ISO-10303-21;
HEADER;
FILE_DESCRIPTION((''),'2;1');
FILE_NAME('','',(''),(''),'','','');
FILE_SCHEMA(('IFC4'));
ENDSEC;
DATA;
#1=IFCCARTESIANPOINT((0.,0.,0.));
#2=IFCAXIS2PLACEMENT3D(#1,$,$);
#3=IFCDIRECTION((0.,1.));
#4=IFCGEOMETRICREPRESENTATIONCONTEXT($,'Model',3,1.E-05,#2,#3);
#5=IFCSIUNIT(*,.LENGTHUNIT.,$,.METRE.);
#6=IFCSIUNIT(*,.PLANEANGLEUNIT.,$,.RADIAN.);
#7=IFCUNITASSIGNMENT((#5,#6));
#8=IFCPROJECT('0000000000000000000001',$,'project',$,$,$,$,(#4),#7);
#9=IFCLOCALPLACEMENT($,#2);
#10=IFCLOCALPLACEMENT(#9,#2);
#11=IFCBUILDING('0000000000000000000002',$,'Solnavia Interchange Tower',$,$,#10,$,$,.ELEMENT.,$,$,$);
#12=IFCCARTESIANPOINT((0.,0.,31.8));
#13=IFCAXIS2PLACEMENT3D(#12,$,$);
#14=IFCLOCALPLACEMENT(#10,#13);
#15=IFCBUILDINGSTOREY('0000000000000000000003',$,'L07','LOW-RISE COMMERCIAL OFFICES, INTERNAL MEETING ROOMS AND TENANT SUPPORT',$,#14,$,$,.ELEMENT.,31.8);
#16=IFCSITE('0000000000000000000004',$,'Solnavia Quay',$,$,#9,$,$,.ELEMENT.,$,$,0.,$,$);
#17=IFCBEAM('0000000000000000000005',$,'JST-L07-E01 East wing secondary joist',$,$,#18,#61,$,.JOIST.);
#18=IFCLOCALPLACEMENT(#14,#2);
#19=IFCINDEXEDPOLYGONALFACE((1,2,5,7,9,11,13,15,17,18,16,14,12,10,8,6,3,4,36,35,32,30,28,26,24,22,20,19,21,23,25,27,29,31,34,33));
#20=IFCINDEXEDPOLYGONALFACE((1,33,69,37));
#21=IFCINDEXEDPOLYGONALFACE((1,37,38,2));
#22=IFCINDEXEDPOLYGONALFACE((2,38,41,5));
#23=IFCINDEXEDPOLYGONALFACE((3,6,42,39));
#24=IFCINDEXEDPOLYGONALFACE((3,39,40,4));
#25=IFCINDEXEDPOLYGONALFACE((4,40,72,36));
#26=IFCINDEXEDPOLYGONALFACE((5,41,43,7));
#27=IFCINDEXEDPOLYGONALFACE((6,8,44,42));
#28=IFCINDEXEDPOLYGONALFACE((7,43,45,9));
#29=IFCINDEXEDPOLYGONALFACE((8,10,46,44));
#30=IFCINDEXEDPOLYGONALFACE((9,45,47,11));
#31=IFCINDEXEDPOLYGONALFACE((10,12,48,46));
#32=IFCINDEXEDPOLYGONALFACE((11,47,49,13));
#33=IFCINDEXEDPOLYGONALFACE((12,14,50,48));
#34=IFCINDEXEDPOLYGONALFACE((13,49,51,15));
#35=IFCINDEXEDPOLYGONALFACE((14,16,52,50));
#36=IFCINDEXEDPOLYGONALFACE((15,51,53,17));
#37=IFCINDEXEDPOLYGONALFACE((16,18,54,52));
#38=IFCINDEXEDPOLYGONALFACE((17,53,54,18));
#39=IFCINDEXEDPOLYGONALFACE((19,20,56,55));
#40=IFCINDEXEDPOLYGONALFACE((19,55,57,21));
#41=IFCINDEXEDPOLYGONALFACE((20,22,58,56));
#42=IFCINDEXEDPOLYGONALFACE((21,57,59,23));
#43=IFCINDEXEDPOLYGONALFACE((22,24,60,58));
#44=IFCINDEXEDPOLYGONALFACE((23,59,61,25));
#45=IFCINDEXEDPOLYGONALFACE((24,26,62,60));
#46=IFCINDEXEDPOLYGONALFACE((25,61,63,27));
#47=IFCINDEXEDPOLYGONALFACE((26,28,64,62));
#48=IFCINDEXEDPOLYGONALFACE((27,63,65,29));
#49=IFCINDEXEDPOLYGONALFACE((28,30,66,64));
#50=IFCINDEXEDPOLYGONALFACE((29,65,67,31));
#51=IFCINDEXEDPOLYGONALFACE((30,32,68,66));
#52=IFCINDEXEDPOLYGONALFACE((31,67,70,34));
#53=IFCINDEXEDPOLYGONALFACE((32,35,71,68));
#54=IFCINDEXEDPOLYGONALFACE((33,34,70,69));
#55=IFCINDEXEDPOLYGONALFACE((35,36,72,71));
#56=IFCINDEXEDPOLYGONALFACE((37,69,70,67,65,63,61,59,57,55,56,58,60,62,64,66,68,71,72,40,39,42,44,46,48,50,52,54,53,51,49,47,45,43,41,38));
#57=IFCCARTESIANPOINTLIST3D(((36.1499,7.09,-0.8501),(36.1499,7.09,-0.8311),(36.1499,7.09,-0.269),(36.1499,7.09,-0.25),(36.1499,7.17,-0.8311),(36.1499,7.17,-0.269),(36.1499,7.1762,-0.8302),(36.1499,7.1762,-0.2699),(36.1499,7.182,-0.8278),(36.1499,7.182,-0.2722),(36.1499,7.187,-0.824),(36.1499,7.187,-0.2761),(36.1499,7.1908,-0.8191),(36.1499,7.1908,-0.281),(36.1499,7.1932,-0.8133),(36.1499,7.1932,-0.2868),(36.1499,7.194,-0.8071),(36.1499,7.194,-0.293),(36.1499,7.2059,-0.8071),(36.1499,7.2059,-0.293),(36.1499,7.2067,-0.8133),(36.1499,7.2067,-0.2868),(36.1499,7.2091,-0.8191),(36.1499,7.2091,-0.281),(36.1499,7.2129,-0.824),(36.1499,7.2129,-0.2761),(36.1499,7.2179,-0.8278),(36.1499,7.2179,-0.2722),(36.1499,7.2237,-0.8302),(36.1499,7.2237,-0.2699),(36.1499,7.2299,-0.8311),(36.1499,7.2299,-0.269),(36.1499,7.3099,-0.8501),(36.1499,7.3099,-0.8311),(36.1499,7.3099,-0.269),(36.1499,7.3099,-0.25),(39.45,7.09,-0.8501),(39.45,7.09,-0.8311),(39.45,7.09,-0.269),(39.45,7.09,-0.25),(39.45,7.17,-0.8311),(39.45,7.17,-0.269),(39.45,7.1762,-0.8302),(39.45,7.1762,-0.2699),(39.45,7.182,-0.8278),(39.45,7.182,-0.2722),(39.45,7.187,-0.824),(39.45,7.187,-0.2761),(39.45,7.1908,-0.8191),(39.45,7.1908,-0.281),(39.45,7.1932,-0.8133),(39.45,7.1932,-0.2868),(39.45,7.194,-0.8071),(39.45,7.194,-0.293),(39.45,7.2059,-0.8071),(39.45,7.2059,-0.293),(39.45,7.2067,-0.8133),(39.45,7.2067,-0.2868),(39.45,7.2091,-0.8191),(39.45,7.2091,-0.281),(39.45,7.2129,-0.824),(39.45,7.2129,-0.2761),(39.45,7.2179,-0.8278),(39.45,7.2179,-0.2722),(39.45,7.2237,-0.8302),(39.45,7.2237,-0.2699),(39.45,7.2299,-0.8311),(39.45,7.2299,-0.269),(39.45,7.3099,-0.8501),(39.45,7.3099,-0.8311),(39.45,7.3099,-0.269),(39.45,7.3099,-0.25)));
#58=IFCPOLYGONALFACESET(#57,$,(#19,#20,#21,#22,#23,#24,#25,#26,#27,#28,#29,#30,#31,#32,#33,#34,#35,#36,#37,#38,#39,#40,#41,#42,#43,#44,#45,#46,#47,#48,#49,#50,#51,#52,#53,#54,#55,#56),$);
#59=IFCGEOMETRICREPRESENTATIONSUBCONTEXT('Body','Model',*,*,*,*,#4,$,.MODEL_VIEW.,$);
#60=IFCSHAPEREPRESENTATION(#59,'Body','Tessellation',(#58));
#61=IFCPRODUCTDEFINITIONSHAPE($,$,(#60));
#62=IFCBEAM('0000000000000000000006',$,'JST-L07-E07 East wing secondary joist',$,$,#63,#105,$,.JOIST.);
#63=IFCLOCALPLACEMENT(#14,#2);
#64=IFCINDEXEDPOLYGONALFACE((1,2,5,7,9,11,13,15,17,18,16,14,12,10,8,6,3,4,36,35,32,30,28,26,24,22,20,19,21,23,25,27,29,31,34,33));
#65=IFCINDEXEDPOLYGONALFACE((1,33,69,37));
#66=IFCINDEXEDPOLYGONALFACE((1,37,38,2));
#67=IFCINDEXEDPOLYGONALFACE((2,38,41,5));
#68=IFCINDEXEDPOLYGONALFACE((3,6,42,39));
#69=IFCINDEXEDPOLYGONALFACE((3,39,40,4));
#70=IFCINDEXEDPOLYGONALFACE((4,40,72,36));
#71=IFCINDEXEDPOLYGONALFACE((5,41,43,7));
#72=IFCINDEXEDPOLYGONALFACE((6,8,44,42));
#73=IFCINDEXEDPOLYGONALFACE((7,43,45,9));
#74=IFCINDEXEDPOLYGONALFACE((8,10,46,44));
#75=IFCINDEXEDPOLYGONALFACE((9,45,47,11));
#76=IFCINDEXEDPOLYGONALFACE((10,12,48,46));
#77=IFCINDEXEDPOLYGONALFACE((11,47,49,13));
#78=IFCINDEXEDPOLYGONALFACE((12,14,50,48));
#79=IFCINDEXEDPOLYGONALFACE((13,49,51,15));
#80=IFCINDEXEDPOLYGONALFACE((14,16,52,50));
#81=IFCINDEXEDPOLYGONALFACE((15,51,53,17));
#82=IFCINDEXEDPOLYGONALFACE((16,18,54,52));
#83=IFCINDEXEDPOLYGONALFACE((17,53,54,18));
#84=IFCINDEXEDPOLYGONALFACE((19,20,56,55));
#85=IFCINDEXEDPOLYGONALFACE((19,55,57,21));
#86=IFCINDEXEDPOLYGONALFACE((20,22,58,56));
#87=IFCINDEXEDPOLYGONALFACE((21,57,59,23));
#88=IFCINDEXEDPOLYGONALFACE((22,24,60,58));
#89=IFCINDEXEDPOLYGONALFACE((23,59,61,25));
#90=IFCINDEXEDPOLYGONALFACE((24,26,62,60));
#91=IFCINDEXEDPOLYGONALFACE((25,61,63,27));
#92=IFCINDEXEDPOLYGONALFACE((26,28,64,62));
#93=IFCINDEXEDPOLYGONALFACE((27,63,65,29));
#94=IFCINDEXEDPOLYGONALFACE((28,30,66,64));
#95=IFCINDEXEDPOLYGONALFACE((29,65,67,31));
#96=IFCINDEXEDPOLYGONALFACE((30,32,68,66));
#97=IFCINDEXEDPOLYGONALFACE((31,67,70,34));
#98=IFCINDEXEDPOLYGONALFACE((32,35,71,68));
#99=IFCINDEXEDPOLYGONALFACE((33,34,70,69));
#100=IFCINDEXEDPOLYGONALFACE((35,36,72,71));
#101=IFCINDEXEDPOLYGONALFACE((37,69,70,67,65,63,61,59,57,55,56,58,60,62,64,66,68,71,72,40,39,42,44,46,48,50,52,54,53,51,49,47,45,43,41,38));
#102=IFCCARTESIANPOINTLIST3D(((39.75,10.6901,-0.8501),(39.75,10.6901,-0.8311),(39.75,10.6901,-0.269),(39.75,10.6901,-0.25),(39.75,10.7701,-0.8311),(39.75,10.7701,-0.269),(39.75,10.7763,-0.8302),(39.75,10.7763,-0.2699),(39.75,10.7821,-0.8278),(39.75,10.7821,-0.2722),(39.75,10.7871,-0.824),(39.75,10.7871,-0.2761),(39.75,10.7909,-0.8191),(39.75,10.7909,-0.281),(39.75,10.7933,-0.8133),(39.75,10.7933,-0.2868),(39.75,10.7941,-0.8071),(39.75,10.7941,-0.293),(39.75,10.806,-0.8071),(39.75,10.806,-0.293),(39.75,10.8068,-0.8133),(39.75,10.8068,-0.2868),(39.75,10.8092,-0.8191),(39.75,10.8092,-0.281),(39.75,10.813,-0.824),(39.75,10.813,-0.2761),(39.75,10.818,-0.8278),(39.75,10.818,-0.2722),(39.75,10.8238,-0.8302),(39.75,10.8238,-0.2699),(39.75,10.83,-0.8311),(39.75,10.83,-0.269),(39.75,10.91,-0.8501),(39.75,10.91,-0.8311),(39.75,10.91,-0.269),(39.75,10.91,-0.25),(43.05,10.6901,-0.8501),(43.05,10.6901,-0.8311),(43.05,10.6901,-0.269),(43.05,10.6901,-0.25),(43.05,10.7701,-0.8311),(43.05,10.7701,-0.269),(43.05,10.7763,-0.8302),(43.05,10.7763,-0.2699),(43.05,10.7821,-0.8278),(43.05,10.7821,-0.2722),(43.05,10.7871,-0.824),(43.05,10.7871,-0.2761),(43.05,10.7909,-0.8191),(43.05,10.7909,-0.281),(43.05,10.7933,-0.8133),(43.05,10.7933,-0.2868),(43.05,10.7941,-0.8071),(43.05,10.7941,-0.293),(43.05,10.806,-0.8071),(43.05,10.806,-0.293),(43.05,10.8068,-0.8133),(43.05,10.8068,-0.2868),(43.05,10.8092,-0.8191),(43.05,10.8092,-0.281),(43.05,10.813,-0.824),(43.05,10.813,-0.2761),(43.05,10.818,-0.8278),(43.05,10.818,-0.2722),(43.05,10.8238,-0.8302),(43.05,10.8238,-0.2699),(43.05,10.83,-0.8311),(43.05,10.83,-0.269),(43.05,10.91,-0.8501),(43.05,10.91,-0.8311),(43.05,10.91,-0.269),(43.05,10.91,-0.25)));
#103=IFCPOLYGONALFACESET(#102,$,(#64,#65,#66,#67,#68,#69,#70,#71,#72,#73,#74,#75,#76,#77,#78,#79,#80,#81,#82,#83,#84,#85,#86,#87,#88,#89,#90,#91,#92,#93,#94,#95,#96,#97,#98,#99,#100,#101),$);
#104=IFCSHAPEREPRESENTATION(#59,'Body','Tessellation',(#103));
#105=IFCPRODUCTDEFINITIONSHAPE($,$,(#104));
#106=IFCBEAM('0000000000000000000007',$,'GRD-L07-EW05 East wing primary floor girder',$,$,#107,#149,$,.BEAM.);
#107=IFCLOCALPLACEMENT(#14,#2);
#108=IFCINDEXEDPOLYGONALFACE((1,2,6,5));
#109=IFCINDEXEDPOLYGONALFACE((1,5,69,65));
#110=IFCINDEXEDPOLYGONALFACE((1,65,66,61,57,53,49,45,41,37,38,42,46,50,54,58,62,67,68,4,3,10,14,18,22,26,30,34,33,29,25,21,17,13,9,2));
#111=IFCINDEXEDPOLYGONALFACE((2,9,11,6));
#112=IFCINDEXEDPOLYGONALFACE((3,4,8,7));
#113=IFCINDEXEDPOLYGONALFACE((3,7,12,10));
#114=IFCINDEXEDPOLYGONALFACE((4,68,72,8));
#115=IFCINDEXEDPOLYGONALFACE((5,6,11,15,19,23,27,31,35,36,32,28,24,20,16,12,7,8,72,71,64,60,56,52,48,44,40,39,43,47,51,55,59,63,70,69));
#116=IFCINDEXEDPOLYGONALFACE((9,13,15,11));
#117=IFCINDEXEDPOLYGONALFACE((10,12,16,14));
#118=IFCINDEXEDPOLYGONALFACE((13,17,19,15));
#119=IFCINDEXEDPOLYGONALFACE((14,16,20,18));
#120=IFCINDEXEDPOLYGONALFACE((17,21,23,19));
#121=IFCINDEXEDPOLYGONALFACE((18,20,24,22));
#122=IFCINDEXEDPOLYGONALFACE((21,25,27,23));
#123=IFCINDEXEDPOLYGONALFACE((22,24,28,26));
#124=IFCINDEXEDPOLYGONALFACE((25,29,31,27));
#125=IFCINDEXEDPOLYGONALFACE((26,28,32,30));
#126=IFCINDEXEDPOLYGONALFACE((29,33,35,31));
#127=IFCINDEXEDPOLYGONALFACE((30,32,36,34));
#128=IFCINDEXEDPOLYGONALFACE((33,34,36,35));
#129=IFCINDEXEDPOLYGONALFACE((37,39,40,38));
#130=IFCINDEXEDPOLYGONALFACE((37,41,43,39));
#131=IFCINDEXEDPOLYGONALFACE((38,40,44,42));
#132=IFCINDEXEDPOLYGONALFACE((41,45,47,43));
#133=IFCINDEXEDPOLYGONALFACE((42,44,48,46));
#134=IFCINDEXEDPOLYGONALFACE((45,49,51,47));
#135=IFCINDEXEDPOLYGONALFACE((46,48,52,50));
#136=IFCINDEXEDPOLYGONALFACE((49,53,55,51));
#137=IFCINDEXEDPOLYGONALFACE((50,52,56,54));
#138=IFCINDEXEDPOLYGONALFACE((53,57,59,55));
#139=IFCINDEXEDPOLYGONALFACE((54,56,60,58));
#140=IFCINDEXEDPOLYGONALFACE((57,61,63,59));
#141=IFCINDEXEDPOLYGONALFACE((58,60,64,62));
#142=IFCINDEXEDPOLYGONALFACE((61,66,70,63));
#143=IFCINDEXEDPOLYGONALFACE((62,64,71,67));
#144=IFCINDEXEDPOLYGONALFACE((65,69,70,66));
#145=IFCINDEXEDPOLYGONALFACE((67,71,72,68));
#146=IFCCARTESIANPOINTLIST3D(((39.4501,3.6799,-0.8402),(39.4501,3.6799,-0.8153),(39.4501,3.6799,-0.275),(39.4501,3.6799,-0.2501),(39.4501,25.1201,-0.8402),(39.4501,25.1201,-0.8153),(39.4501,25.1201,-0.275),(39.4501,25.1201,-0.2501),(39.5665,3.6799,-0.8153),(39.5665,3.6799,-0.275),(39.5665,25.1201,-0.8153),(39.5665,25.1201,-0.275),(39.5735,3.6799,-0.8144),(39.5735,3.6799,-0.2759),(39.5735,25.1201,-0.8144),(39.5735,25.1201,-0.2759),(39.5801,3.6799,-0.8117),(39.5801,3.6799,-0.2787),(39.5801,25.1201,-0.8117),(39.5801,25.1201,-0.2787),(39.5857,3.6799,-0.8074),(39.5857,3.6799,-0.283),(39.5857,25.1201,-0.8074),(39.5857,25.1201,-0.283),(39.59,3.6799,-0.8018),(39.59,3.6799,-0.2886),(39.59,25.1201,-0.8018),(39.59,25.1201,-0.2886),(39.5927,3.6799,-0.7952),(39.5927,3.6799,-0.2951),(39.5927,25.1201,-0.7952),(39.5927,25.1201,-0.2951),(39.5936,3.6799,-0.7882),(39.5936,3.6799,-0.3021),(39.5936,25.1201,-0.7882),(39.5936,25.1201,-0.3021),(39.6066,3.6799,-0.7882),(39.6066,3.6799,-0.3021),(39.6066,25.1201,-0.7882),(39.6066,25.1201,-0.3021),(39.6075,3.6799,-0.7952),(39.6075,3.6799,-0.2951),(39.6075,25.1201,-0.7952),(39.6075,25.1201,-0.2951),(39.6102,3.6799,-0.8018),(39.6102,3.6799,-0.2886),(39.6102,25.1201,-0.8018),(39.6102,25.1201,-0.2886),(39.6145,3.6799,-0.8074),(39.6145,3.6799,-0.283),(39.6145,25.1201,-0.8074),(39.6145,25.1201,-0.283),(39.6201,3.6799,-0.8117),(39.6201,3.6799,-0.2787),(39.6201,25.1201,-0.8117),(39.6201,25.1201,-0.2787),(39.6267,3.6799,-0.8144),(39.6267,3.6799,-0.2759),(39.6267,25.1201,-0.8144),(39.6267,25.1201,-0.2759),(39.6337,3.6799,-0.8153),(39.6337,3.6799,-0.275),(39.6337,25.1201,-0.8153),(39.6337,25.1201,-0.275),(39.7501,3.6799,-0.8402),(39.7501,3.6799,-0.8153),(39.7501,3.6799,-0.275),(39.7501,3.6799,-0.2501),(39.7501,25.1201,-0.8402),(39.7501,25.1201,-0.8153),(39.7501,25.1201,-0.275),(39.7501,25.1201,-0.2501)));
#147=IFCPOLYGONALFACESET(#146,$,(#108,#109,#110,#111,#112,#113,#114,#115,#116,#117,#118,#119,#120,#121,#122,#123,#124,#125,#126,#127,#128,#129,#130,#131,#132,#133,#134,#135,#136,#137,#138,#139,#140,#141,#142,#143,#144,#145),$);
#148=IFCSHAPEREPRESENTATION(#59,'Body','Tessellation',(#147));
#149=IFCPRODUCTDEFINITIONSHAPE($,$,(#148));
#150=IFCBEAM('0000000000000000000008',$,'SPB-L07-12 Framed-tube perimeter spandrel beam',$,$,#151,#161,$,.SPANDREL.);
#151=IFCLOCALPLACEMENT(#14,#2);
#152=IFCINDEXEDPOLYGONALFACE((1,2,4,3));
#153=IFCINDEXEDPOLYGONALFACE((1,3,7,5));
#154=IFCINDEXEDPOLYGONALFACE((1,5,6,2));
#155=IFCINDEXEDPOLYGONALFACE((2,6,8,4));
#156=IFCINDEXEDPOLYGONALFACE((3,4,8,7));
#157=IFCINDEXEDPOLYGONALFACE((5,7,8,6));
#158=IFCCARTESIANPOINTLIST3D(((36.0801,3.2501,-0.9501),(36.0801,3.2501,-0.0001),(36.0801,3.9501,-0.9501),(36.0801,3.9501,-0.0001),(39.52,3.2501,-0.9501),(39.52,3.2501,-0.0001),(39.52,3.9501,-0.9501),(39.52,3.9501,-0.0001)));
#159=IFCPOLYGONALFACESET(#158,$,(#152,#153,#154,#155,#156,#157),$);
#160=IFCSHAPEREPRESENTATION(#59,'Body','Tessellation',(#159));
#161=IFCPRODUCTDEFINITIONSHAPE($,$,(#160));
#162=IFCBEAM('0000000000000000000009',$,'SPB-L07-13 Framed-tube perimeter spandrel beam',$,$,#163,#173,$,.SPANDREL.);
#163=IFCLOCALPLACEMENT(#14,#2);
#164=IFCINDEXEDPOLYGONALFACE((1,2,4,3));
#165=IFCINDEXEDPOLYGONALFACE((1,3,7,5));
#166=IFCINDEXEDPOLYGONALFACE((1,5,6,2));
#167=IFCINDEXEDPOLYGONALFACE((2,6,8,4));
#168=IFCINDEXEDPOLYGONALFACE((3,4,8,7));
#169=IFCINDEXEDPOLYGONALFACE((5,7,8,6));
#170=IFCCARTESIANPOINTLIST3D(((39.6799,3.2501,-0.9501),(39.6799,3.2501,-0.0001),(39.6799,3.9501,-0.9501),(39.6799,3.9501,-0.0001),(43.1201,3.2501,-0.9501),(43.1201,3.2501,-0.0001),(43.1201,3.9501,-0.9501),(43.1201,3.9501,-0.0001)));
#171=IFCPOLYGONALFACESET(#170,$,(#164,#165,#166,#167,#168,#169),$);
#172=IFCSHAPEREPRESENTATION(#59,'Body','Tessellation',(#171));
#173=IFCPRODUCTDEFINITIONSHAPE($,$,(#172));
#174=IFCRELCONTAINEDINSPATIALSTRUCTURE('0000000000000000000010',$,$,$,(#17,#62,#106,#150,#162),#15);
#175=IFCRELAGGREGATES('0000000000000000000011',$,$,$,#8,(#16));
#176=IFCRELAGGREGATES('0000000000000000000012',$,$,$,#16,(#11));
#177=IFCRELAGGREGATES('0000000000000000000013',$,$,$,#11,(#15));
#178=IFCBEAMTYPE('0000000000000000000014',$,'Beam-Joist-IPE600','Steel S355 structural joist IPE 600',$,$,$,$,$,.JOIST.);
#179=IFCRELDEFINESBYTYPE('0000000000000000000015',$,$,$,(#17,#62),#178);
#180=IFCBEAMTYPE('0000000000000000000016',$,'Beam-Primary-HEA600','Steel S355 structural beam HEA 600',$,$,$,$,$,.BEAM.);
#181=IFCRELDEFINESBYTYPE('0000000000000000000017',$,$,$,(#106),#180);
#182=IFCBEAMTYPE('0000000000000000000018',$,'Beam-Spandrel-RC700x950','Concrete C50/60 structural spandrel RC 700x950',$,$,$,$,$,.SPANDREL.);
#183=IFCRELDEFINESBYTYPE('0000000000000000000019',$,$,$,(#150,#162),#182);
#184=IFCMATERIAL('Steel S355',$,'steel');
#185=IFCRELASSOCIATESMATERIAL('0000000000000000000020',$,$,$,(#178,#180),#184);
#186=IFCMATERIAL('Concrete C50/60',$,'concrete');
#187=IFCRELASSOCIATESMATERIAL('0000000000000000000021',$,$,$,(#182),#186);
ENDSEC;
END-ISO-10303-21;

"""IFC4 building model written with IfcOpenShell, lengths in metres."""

from ifc_helpers import new_model, si_unit, direction, frame, origin, origin_2d, place, context, subcontext, project, spatial, rectangle, i_section, extrude, material, material_profile, profile_set, type_object, element, save


model = new_model("IFC4")

# Units and contexts
model_context = context("Model", 3, precision=1e-05, world=origin(), true_north=direction((0.0, 1.0)))
body_context = subcontext(model_context, "Body", "Model", "MODEL_VIEW")
ifc_project = project(units=[si_unit("LENGTHUNIT", "METRE"), si_unit("PLANEANGLEUNIT", "RADIAN")], contexts=[model_context])

# Site, building, storey
site_placement = place(None, origin())
site = spatial("IfcSite", under=ifc_project, at=site_placement, Name="Solnavia Quay", CompositionType="ELEMENT", RefElevation=0.0)
building_placement = place(site_placement, origin())
building = spatial("IfcBuilding", under=site, at=building_placement, Name="Solnavia Interchange Tower", CompositionType="ELEMENT")
storey_placement = place(building_placement, frame((0.0, 0.0, 31.8)))
storey = spatial("IfcBuildingStorey", under=building, at=storey_placement, Name="L07", Description="LOW-RISE COMMERCIAL OFFICES, INTERNAL MEETING ROOMS AND TENANT SUPPORT", CompositionType="ELEMENT", Elevation=31.8)

# Beams
ifc_material_1 = material(Name="Steel S355", Category="steel")
ifc_material_profile_1 = material_profile(ifc_material_1, i_section(OverallWidth=0.22, OverallDepth=0.6001, WebThickness=0.012, FlangeThickness=0.019, FilletRadius=0.0239, at=origin_2d()), Name="IPE 600")
ifc_profile_set_1 = profile_set([ifc_material_profile_1], Name="Steel S355")
beam_type_1 = type_object("IfcBeamType", Name="Beam-Joist-IPE600", Description="Steel S355 structural joist IPE 600", PredefinedType="JOIST", material=ifc_profile_set_1)
for number, where, z_axis, x_axis, name in (
    (1, (36.1499, 7.2, -0.55), (1.0, 0.0, 0.0), (0.0, 1.0, 0.0), "JST-L07-E01 East wing secondary joist"),
    (2, (39.75, 10.8, -0.55), (1.0, 0.0, 0.0), (0.0, 1.0, 0.0), "JST-L07-E07 East wing secondary joist"),
):
    element("IfcBeam", number, at=place(storey_placement, frame(where, z_axis=z_axis, x_axis=x_axis)), inside=storey, type_object=beam_type_1, Name=name, PredefinedType="JOIST", context=body_context, shape_type="SweptSolid", body=[
        extrude(i_section(OverallWidth=0.22, OverallDepth=0.6001, WebThickness=0.012, FlangeThickness=0.019, FilletRadius=0.0239, at=origin_2d()), origin(), (0.0, 0.0, 1.0), 3.3),
    ])
ifc_material_profile_2 = material_profile(ifc_material_1, i_section(OverallWidth=0.3, OverallDepth=0.5901, WebThickness=0.0129, FlangeThickness=0.0249, FilletRadius=0.0271, at=origin_2d()), Name="HEA 600")
ifc_profile_set_2 = profile_set([ifc_material_profile_2], Name="Steel S355")
beam_type_2 = type_object("IfcBeamType", Name="Beam-Primary-HEA600", Description="Steel S355 structural beam HEA 600", PredefinedType="BEAM", material=ifc_profile_set_2)
beam_1_placement = place(storey_placement, frame((39.6001, 3.6799, -0.5452), z_axis=(0.0, 1.0, 0.0), x_axis=(-1.0, 0.0, 0.0)))
element("IfcBeam", 3, at=beam_1_placement, inside=storey, type_object=beam_type_2, Name="GRD-L07-EW05 East wing primary floor girder", PredefinedType="BEAM", context=body_context, shape_type="SweptSolid", body=[
    extrude(i_section(OverallWidth=0.3, OverallDepth=0.5901, WebThickness=0.0129, FlangeThickness=0.0249, FilletRadius=0.0271, at=origin_2d()), origin(), (0.0, 0.0, 1.0), 21.4402),
])
ifc_material_2 = material(Name="Concrete C50/60", Category="concrete")
ifc_material_profile_3 = material_profile(ifc_material_2, rectangle(XDim=0.7, YDim=0.95, at=origin_2d()), Name="RC 700x950")
ifc_profile_set_3 = profile_set([ifc_material_profile_3], Name="Concrete C50/60")
beam_type_3 = type_object("IfcBeamType", Name="Beam-Spandrel-RC700x950", Description="Concrete C50/60 structural spandrel RC 700x950", PredefinedType="SPANDREL", material=ifc_profile_set_3)
beam_2_placement = place(storey_placement, frame((36.0801, 3.6001, -0.4751), z_axis=(1.0, 0.0, 0.0), x_axis=(0.0, 1.0, 0.0)))
element("IfcBeam", 4, at=beam_2_placement, inside=storey, type_object=beam_type_3, Name="SPB-L07-12 Framed-tube perimeter spandrel beam", PredefinedType="SPANDREL", context=body_context, shape_type="SweptSolid", body=[
    extrude(rectangle(XDim=0.7, YDim=0.95, at=origin_2d()), origin(), (0.0, 0.0, 1.0), 3.4399),
])
beam_3_placement = place(storey_placement, frame((39.6799, 3.6001, -0.4751), z_axis=(1.0, 0.0, 0.0), x_axis=(0.0, 1.0, 0.0)))
element("IfcBeam", 5, at=beam_3_placement, inside=storey, type_object=beam_type_3, Name="SPB-L07-13 Framed-tube perimeter spandrel beam", PredefinedType="SPANDREL", context=body_context, shape_type="SweptSolid", body=[
    extrude(rectangle(XDim=0.7, YDim=0.95, at=origin_2d()), origin(), (0.0, 0.0, 1.0), 3.4402),
])

save(model, "model.ifc")
